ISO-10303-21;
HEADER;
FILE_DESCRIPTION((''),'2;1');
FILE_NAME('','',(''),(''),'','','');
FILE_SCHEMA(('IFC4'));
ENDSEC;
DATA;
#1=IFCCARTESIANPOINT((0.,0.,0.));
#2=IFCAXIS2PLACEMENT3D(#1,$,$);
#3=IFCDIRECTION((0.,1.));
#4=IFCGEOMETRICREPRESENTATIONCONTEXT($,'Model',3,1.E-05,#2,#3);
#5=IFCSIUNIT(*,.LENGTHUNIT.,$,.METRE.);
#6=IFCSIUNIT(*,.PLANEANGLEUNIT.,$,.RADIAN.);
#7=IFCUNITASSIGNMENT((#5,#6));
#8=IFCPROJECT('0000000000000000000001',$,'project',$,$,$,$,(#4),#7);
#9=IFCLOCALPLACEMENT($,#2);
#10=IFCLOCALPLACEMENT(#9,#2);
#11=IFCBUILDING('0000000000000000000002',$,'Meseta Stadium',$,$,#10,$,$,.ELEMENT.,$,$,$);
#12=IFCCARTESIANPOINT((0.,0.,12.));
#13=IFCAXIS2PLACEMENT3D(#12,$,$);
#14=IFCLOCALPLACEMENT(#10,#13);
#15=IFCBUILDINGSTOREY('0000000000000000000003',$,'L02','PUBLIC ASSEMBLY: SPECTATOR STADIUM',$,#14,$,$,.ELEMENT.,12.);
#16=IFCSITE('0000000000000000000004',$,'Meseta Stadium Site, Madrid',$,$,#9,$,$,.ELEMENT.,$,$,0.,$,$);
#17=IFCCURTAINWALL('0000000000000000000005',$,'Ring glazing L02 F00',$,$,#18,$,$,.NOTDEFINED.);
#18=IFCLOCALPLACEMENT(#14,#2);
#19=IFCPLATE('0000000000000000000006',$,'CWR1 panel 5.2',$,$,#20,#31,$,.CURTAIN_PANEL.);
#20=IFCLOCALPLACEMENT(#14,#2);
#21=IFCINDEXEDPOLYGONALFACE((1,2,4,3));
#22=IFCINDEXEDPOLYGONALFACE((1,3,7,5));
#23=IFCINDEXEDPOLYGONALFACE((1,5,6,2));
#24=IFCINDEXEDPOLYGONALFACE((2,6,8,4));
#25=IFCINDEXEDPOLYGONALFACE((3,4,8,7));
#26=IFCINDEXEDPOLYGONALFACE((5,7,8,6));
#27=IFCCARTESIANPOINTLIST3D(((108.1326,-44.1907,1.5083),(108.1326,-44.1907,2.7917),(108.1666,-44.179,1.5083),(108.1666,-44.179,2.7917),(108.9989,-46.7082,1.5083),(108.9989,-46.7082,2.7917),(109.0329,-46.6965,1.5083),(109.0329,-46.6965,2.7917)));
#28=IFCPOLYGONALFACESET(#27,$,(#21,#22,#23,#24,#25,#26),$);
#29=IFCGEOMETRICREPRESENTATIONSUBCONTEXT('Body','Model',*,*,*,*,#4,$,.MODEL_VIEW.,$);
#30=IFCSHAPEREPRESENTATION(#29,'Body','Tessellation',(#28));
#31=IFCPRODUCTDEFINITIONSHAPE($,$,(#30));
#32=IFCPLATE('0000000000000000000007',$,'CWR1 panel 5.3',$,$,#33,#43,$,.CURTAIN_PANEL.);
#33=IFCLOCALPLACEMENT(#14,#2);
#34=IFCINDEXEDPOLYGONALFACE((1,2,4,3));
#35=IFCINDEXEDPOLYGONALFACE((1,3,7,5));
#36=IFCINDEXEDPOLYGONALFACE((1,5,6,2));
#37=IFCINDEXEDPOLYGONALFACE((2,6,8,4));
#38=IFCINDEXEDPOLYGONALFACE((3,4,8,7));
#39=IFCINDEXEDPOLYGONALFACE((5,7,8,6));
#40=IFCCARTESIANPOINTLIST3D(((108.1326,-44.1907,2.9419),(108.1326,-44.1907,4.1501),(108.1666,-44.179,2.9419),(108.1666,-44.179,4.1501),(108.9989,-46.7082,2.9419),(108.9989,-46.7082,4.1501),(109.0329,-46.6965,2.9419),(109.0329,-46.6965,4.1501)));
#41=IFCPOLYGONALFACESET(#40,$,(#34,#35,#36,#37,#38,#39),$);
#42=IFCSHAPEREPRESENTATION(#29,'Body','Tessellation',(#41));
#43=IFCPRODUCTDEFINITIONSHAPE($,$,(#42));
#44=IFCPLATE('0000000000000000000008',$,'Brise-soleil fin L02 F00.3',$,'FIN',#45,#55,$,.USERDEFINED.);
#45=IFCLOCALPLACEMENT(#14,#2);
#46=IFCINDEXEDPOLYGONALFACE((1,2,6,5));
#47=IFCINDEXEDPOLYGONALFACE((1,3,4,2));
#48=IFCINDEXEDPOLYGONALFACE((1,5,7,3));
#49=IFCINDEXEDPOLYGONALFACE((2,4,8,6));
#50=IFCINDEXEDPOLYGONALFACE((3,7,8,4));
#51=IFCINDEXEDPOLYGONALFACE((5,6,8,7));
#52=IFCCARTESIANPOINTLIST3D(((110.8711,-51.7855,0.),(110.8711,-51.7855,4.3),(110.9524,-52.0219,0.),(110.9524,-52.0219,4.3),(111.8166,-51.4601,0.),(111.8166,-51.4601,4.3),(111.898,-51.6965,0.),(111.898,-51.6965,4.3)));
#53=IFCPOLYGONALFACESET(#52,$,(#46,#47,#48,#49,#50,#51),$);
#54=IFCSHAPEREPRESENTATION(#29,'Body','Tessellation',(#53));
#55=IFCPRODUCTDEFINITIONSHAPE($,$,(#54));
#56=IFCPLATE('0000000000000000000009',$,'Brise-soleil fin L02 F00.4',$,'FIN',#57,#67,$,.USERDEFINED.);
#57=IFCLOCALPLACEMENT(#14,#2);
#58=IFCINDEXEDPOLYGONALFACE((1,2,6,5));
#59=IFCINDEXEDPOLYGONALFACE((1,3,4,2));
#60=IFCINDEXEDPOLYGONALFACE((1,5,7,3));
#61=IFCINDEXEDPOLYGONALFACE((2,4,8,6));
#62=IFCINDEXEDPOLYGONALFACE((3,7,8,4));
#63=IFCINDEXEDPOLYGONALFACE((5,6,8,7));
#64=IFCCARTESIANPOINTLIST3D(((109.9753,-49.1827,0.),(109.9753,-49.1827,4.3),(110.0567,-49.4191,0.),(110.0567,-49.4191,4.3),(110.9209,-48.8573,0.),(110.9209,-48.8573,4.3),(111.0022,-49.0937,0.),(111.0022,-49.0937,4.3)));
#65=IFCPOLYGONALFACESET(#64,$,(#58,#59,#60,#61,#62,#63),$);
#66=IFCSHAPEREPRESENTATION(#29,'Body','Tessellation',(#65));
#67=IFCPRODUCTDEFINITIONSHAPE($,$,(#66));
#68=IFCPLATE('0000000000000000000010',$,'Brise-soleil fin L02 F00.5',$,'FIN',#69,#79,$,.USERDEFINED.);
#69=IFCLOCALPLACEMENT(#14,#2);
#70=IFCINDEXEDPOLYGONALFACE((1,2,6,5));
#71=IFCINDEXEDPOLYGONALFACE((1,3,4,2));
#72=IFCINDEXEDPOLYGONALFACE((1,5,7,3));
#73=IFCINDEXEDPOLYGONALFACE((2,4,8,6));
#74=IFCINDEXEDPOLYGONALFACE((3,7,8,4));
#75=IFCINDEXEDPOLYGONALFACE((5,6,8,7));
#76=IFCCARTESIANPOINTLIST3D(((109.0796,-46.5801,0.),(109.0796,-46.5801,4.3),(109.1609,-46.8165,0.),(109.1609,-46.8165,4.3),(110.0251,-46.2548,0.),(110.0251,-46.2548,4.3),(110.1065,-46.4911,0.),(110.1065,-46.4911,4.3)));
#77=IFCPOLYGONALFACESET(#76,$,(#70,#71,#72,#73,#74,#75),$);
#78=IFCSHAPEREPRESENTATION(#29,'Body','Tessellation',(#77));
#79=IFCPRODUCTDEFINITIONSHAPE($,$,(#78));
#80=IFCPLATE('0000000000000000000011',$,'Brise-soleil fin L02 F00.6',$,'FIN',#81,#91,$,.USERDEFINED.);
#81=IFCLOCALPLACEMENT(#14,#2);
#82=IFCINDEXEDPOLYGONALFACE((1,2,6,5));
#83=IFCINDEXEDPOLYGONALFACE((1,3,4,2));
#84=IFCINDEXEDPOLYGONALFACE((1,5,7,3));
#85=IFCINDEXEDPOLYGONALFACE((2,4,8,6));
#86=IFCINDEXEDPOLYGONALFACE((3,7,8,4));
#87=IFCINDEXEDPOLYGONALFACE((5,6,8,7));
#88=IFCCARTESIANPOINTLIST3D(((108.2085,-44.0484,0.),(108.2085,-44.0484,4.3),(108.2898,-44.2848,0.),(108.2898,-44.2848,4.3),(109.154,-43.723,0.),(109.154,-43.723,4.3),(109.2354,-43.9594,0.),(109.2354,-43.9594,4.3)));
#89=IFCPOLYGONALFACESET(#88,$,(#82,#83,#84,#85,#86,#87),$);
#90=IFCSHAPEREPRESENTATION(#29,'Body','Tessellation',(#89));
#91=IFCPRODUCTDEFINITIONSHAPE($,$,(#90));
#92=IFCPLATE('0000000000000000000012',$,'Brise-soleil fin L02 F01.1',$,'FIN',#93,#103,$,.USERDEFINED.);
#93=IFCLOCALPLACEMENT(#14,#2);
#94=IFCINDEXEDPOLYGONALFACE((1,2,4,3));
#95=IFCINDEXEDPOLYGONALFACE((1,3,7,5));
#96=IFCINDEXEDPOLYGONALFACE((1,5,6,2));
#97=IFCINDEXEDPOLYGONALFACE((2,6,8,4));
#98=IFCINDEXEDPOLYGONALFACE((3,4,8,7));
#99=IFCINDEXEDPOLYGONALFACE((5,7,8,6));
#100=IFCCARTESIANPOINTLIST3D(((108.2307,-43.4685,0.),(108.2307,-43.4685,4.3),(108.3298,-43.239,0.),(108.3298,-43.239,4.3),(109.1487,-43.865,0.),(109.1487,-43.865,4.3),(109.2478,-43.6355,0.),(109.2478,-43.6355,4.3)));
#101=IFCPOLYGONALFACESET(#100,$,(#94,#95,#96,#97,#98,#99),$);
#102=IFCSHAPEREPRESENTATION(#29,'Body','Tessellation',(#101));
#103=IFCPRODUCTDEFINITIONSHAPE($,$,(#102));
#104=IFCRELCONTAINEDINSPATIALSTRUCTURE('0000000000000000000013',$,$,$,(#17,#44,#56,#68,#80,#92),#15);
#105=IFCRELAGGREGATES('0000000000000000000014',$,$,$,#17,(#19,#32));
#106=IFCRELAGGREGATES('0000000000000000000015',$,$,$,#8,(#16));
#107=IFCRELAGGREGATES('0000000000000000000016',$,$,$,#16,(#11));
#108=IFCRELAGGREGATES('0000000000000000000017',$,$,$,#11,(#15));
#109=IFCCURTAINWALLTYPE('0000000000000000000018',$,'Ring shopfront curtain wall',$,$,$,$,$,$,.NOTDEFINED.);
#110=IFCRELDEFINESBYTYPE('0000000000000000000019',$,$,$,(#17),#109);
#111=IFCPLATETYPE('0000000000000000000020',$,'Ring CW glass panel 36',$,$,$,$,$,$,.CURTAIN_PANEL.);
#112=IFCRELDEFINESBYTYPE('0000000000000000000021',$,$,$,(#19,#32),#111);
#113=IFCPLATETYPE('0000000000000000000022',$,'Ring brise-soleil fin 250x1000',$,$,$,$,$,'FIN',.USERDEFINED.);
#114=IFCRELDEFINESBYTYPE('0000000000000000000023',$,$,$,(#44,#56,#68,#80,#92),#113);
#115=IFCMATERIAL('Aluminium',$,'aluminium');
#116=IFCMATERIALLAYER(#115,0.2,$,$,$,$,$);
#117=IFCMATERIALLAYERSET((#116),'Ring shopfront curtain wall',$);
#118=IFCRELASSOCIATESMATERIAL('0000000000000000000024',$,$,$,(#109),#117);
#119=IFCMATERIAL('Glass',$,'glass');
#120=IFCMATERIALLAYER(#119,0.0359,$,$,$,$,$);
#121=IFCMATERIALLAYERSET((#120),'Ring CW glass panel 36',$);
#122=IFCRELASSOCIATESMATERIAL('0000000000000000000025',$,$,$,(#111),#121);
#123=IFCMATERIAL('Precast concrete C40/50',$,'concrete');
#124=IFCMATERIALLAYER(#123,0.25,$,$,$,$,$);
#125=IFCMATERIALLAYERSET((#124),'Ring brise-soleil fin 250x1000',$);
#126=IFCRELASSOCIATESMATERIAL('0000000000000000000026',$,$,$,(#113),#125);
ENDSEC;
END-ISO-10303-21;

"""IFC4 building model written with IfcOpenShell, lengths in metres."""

from ifc_helpers import new_model, si_unit, direction, frame, origin, origin_2d, place, context, subcontext, project, spatial, rectangle, extrude, material, layer, layer_set, type_object, element, aggregate, save


model = new_model("IFC4")

# Units and contexts
model_context = context("Model", 3, precision=1e-05, world=origin(), true_north=direction((0.0, 1.0)))
body_context = subcontext(model_context, "Body", "Model", "MODEL_VIEW")
ifc_project = project(units=[si_unit("LENGTHUNIT", "METRE"), si_unit("PLANEANGLEUNIT", "RADIAN")], contexts=[model_context])

# Site, building, storey
site_placement = place(None, origin())
site = spatial("IfcSite", under=ifc_project, at=site_placement, Name="Meseta Stadium Site, Madrid", CompositionType="ELEMENT", RefElevation=0.0)
building_placement = place(site_placement, origin())
building = spatial("IfcBuilding", under=site, at=building_placement, Name="Meseta Stadium", CompositionType="ELEMENT")
storey_placement = place(building_placement, frame((0.0, 0.0, 12.0)))
storey = spatial("IfcBuildingStorey", under=building, at=storey_placement, Name="L02", Description="PUBLIC ASSEMBLY: SPECTATOR STADIUM", CompositionType="ELEMENT", Elevation=12.0)

# Curtain wall
ifc_material_1 = material(Name="Aluminium", Category="aluminium")
ifc_layer_1 = layer(ifc_material_1, 0.2)
ifc_layer_set_1 = layer_set([ifc_layer_1], Name="Ring shopfront curtain wall")
curtain_wall_type = type_object("IfcCurtainWallType", Name="Ring shopfront curtain wall", PredefinedType="NOTDEFINED", material=ifc_layer_set_1)
curtain_wall_1_placement = place(storey_placement, origin())
curtain_wall_1 = element("IfcCurtainWall", 1, at=curtain_wall_1_placement, inside=storey, type_object=curtain_wall_type, Name="Ring glazing L02 F00", PredefinedType="NOTDEFINED")

# Plates
ifc_material_2 = material(Name="Glass", Category="glass")
ifc_layer_2 = layer(ifc_material_2, 0.0359)
ifc_layer_set_2 = layer_set([ifc_layer_2], Name="Ring CW glass panel 36")
plate_type_1 = type_object("IfcPlateType", Name="Ring CW glass panel 36", PredefinedType="CURTAIN_PANEL", material=ifc_layer_set_2)
plate_1_placement = place(storey_placement, frame((108.5828, -45.4436, 1.5083), z_axis=(0.0, 0.0, 1.0), x_axis=(-0.325386, 0.945581, 0.0)))
plate_1 = element("IfcPlate", 2, at=plate_1_placement, type_object=plate_type_1, Name="CWR1 panel 5.2", PredefinedType="CURTAIN_PANEL", context=body_context, shape_type="SweptSolid", body=[
    extrude(rectangle(XDim=2.6624, YDim=0.0359, at=origin_2d()), origin(), (0.0, 0.0, 1.0), 1.2834),
])
plate_2_placement = place(storey_placement, frame((108.5828, -45.4436, 2.9419), z_axis=(0.0, 0.0, 1.0), x_axis=(-0.325386, 0.945581, 0.0)))
plate_2 = element("IfcPlate", 3, at=plate_2_placement, type_object=plate_type_1, Name="CWR1 panel 5.3", PredefinedType="CURTAIN_PANEL", context=body_context, shape_type="SweptSolid", body=[
    extrude(rectangle(XDim=2.6624, YDim=0.0359, at=origin_2d()), origin(), (0.0, 0.0, 1.0), 1.2083),
])
aggregate(curtain_wall_1, [plate_1, plate_2])

# Plates
ifc_material_3 = material(Name="Precast concrete C40/50", Category="concrete")
ifc_layer_3 = layer(ifc_material_3, 0.25)
ifc_layer_set_3 = layer_set([ifc_layer_3], Name="Ring brise-soleil fin 250x1000")
plate_type_2 = type_object("IfcPlateType", Name="Ring brise-soleil fin 250x1000", ElementType="FIN", PredefinedType="USERDEFINED", material=ifc_layer_set_3)
for number, where, z_axis, x_axis, name in (
    (4, (111.3845, -51.741, 0.0), (0.0, 0.0, 1.0), (-0.325393, 0.945579, 0.0), "Brise-soleil fin L02 F00.3"),
    (5, (110.4888, -49.1382, 0.0), (0.0, 0.0, 1.0), (-0.325393, 0.945579, 0.0), "Brise-soleil fin L02 F00.4"),
    (6, (109.593, -46.5356, 0.0), (0.0, 0.0, 1.0), (-0.325393, 0.945579, 0.0), "Brise-soleil fin L02 F00.5"),
    (7, (108.7219, -44.0039, 0.0), (0.0, 0.0, 1.0), (-0.325393, 0.945579, 0.0), "Brise-soleil fin L02 F00.6"),
    (8, (108.7393, -43.552, 0.0), (0.0, 0.0, 1.0), (0.396576, 0.918002, 0.0), "Brise-soleil fin L02 F01.1"),
):
    element("IfcPlate", number, at=place(storey_placement, frame(where, z_axis=z_axis, x_axis=x_axis)), inside=storey, type_object=plate_type_2, Name=name, ObjectType="FIN", PredefinedType="USERDEFINED", context=body_context, shape_type="SweptSolid", body=[
        extrude(rectangle(XDim=0.25, YDim=1.0, at=origin_2d()), origin(), (0.0, 0.0, 1.0), 4.3),
    ])

save(model, "model.ifc")
